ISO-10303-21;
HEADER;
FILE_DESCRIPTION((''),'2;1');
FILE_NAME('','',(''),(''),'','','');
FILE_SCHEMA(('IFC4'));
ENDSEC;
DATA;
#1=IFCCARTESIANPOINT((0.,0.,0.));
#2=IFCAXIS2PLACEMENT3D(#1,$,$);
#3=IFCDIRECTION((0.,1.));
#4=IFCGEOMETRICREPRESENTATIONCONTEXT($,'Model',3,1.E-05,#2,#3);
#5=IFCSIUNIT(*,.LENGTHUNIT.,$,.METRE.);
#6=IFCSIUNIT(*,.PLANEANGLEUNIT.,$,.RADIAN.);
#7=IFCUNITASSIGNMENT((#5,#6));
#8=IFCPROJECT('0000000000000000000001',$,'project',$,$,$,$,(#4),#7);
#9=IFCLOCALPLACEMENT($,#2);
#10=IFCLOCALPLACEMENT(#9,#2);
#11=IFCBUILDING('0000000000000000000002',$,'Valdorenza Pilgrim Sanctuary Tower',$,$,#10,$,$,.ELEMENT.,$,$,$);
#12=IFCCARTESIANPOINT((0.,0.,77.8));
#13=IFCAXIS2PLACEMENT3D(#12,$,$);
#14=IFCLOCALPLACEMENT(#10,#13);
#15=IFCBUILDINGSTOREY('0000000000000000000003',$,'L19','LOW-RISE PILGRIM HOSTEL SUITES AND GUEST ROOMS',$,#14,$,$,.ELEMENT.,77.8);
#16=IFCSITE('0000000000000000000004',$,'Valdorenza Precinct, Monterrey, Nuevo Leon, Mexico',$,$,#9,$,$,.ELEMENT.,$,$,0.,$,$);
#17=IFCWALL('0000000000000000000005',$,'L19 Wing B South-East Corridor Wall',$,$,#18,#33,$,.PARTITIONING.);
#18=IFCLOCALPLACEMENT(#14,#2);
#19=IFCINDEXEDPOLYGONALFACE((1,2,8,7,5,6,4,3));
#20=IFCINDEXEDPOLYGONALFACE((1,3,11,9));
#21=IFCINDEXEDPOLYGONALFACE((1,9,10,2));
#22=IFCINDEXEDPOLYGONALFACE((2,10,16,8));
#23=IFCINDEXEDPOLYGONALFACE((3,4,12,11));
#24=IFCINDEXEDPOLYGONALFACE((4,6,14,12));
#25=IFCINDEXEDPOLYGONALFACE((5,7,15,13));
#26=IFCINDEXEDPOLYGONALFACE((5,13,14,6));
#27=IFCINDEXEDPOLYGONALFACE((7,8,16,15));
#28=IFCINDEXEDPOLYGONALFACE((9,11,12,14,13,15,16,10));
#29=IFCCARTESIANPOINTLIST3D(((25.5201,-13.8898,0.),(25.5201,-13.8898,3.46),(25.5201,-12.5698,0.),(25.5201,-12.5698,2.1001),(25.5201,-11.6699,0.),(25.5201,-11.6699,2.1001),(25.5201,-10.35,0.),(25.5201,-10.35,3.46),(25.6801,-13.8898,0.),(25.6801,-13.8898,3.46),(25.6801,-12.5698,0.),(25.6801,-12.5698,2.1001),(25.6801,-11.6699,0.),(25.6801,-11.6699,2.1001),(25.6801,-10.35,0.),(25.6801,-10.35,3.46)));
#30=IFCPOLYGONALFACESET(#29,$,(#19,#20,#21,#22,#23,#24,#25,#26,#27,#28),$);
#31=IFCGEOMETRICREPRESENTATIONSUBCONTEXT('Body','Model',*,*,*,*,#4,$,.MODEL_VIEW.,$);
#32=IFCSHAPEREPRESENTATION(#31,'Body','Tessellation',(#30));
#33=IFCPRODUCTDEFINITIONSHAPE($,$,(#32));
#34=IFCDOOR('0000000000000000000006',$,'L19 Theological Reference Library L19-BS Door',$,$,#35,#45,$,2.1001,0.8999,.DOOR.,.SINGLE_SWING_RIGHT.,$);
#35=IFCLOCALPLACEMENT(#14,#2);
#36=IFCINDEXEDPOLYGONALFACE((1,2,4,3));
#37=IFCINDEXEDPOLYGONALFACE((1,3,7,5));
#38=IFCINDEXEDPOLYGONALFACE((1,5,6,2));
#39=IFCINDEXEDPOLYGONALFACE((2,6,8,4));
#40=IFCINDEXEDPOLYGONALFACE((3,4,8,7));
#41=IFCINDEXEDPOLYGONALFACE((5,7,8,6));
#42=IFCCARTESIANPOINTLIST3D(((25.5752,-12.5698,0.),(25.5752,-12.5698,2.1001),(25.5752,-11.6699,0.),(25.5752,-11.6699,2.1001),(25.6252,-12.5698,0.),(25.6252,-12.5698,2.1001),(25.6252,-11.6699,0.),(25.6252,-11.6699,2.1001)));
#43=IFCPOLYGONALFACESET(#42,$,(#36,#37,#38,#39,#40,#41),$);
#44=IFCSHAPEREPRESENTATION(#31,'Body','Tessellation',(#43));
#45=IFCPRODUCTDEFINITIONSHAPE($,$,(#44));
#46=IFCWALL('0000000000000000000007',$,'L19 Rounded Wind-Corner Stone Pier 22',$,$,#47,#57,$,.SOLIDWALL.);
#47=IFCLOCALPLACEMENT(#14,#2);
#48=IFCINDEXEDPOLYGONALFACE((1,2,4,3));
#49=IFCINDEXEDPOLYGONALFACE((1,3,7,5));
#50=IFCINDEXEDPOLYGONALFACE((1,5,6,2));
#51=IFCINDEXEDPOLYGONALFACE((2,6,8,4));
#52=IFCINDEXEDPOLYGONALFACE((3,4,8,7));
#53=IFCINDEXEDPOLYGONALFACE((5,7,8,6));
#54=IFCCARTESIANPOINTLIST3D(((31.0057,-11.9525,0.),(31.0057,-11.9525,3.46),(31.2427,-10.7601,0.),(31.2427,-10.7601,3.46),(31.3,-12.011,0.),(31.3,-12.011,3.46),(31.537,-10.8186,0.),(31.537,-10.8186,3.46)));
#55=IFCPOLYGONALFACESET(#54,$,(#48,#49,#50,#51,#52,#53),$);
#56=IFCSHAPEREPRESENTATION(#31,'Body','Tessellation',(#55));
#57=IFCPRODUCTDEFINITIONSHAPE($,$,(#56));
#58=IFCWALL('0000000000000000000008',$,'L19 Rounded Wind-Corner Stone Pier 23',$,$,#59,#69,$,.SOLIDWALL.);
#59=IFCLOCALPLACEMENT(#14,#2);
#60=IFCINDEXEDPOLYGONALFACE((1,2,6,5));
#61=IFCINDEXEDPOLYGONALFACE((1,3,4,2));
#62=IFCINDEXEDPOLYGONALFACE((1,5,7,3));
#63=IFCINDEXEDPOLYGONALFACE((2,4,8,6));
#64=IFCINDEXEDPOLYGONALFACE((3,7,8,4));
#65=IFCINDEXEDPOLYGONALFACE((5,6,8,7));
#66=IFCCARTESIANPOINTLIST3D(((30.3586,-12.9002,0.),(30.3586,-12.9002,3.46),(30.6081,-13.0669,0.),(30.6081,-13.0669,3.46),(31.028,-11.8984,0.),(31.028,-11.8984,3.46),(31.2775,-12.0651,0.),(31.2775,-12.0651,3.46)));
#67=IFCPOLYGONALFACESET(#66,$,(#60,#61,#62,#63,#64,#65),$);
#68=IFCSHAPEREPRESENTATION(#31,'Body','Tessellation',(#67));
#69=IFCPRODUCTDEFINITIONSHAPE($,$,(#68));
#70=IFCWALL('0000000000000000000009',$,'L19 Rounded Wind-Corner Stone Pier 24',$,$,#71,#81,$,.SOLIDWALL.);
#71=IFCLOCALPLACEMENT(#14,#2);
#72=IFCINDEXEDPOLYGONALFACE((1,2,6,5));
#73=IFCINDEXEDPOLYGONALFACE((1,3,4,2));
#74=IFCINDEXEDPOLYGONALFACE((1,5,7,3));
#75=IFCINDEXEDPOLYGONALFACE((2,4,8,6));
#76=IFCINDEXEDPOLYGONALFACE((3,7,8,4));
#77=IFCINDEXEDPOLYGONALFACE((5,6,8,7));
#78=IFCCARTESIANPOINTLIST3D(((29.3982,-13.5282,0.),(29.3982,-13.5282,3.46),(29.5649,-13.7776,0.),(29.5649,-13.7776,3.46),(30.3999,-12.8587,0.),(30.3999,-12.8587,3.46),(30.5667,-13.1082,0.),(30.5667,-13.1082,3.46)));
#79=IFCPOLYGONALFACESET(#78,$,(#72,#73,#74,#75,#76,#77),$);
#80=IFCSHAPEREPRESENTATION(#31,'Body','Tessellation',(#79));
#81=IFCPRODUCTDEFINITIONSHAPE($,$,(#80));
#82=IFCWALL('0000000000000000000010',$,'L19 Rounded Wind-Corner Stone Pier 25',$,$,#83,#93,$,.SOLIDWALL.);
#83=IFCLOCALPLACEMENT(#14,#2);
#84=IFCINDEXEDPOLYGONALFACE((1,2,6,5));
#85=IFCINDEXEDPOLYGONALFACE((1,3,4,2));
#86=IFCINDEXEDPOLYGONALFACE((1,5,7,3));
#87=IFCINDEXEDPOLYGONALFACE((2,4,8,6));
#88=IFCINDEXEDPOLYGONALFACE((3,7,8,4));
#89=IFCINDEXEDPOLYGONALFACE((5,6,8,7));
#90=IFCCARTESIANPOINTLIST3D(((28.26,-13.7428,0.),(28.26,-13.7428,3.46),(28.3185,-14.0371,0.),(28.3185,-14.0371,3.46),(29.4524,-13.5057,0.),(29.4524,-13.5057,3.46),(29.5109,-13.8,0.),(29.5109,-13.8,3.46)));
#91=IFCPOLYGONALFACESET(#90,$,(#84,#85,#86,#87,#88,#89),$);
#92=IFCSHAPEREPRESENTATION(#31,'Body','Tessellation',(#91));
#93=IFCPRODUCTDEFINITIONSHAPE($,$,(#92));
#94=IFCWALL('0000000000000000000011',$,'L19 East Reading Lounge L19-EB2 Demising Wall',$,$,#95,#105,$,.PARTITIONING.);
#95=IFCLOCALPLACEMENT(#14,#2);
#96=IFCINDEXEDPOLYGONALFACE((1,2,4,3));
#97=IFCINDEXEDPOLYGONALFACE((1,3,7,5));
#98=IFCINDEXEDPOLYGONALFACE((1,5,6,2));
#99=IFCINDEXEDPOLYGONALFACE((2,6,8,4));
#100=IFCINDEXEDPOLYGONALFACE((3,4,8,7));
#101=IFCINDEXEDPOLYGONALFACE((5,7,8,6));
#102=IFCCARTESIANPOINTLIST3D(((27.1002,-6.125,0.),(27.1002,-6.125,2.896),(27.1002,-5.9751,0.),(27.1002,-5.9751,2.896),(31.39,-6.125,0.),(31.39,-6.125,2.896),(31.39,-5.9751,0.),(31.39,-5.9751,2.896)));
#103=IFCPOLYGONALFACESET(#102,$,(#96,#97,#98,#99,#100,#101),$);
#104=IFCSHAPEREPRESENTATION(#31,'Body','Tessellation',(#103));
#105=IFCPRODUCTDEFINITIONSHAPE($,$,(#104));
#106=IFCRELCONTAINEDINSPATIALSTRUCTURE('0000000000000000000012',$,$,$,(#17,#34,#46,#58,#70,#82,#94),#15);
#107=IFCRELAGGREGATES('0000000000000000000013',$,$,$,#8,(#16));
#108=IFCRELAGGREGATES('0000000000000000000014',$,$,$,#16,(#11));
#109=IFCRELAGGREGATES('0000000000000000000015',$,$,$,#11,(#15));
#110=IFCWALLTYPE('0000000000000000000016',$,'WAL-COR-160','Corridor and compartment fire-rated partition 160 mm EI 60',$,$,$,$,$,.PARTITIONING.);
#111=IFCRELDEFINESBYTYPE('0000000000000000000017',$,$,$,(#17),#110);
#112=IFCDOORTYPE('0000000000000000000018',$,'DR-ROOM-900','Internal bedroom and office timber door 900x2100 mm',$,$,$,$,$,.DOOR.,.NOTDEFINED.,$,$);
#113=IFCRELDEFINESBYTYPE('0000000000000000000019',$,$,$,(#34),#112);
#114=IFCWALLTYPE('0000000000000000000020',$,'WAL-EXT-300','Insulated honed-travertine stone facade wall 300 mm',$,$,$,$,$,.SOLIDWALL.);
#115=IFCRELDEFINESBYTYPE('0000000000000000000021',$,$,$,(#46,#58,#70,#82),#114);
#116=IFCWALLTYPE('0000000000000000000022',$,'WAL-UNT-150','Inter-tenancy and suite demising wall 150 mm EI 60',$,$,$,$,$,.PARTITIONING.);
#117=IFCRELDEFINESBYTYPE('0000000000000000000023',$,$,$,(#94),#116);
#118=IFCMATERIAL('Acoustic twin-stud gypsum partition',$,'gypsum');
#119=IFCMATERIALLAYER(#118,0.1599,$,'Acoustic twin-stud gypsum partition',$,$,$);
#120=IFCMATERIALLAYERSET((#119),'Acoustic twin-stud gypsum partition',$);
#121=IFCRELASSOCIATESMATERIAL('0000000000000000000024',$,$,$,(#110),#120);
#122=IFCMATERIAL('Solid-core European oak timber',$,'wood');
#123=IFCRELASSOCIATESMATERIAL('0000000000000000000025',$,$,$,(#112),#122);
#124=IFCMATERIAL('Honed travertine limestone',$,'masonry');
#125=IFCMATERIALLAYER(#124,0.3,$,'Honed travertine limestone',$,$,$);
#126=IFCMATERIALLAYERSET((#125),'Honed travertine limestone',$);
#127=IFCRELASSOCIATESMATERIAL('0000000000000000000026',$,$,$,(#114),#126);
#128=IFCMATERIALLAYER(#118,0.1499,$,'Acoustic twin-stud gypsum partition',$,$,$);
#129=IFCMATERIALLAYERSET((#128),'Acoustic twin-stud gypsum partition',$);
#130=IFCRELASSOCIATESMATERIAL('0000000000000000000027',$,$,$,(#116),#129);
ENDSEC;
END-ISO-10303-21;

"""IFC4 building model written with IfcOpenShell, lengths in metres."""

from ifc_helpers import new_model, si_unit, direction, frame, frame_2d, origin, place, context, subcontext, project, spatial, rectangle, extrude, material, layer, layer_set, type_object, element, fill, save


model = new_model("IFC4")

# Units and contexts
model_context = context("Model", 3, precision=1e-05, world=origin(), true_north=direction((0.0, 1.0)))
body_context = subcontext(model_context, "Body", "Model", "MODEL_VIEW")
ifc_project = project(units=[si_unit("LENGTHUNIT", "METRE"), si_unit("PLANEANGLEUNIT", "RADIAN")], contexts=[model_context])

# Site, building, storey
site_placement = place(None, origin())
site = spatial("IfcSite", under=ifc_project, at=site_placement, Name="Valdorenza Precinct, Monterrey, Nuevo Leon, Mexico", CompositionType="ELEMENT", RefElevation=0.0)
building_placement = place(site_placement, origin())
building = spatial("IfcBuilding", under=site, at=building_placement, Name="Valdorenza Pilgrim Sanctuary Tower", CompositionType="ELEMENT")
storey_placement = place(building_placement, frame((0.0, 0.0, 77.8)))
storey = spatial("IfcBuildingStorey", under=building, at=storey_placement, Name="L19", Description="LOW-RISE PILGRIM HOSTEL SUITES AND GUEST ROOMS", CompositionType="ELEMENT", Elevation=77.8)

# Shared definitions
ifc_material_1 = material(Name="Honed travertine limestone", Category="masonry")

# Wall, opening, door
ifc_material_2 = material(Name="Acoustic twin-stud gypsum partition", Category="gypsum")
ifc_layer_1 = layer(ifc_material_2, 0.1599, Name="Acoustic twin-stud gypsum partition")
ifc_layer_set_1 = layer_set([ifc_layer_1], Name="Acoustic twin-stud gypsum partition")
wall_type_1 = type_object("IfcWallType", Name="WAL-COR-160", Description="Corridor and compartment fire-rated partition 160 mm EI 60", PredefinedType="PARTITIONING", material=ifc_layer_set_1)
wall_1_placement = place(storey_placement, frame((25.6001, -13.8899, 0.0), z_axis=(0.0, 0.0, 1.0), x_axis=(0.0, 1.0, 0.0)))
wall_1 = element("IfcWall", 1, at=wall_1_placement, inside=storey, type_object=wall_type_1, Name="L19 Wing B South-East Corridor Wall", PredefinedType="PARTITIONING", context=body_context, shape_type="SweptSolid", body=[
    extrude(rectangle(XDim=3.5398, YDim=0.1599, at=frame_2d((1.77, 0.0))), origin(), (0.0, 0.0, 1.0), 3.46),
])
opening_1_placement = place(wall_1_placement, frame((1.3201, 0.0, 0.0)))
opening_1 = element("IfcOpeningElement", 2, at=opening_1_placement, cuts=wall_1, PredefinedType="OPENING", context=body_context, shape_type="SweptSolid", body=[
    extrude(rectangle(XDim=0.8999, YDim=2.1001, at=frame_2d((0.45, 1.05))), frame((0.0, 0.0947, 0.0), z_axis=(0.0, -1.0, 0.0), x_axis=(1.0, 0.0, 0.0)), (0.0, 0.0, 1.0), 0.1897),
])
ifc_material_3 = material(Name="Solid-core European oak timber", Category="wood")
door_type_1 = type_object("IfcDoorType", Name="DR-ROOM-900", Description="Internal bedroom and office timber door 900x2100 mm", OperationType="NOTDEFINED", PredefinedType="DOOR", material=ifc_material_3)
door_1_placement = place(opening_1_placement, origin())
door_1 = element("IfcDoor", 3, at=door_1_placement, inside=storey, type_object=door_type_1, Name="L19 Theological Reference Library L19-BS Door", OperationType="SINGLE_SWING_RIGHT", OverallHeight=2.1001, OverallWidth=0.8999, PredefinedType="DOOR", context=body_context, shape_type="SweptSolid", body=[
    extrude(rectangle(XDim=0.8999, YDim=2.1001, at=frame_2d((0.45, 1.05))), frame((0.0, 0.0249, 0.0), z_axis=(0.0, -1.0, 0.0), x_axis=(1.0, 0.0, 0.0)), (0.0, 0.0, 1.0), 0.05),
])
fill(opening_1, door_1)

# Walls
ifc_layer_2 = layer(ifc_material_1, 0.3, Name="Honed travertine limestone")
ifc_layer_set_2 = layer_set([ifc_layer_2], Name="Honed travertine limestone")
wall_type_2 = type_object("IfcWallType", Name="WAL-EXT-300", Description="Insulated honed-travertine stone facade wall 300 mm", PredefinedType="SOLIDWALL", material=ifc_layer_set_2)
wall_2_placement = place(storey_placement, frame((31.3899, -10.7893, 0.0), z_axis=(0.0, 0.0, 1.0), x_axis=(-0.194996, -0.980804, 0.0)))
element("IfcWall", 4, at=wall_2_placement, inside=storey, type_object=wall_type_2, Name="L19 Rounded Wind-Corner Stone Pier 22", PredefinedType="SOLIDWALL", context=body_context, shape_type="SweptSolid", body=[
    extrude(rectangle(XDim=1.2158, YDim=0.3, at=frame_2d((0.6079, 0.0))), origin(), (0.0, 0.0, 1.0), 3.46),
])
for number, where, z_axis, x_axis, name in (
    (5, (31.1528, -11.9817, 0.0), (0.0, 0.0, 1.0), (-0.555635, -0.831426, 0.0), "L19 Rounded Wind-Corner Stone Pier 23"),
    (6, (30.4834, -12.9834, 0.0), (0.0, 0.0, 1.0), (-0.831426, -0.555635, 0.0), "L19 Rounded Wind-Corner Stone Pier 24"),
):
    element("IfcWall", number, at=place(storey_placement, frame(where, z_axis=z_axis, x_axis=x_axis)), inside=storey, type_object=wall_type_2, Name=name, PredefinedType="SOLIDWALL", context=body_context, shape_type="SweptSolid", body=[
        extrude(rectangle(XDim=1.2048, YDim=0.3, at=frame_2d((0.6025, 0.0))), origin(), (0.0, 0.0, 1.0), 3.46),
    ])
wall_3_placement = place(storey_placement, frame((29.4817, -13.6528, 0.0), z_axis=(0.0, 0.0, 1.0), x_axis=(-0.980804, -0.194996, 0.0)))
element("IfcWall", 7, at=wall_3_placement, inside=storey, type_object=wall_type_2, Name="L19 Rounded Wind-Corner Stone Pier 25", PredefinedType="SOLIDWALL", context=body_context, shape_type="SweptSolid", body=[
    extrude(rectangle(XDim=1.2158, YDim=0.3, at=frame_2d((0.6079, 0.0))), origin(), (0.0, 0.0, 1.0), 3.46),
])
ifc_layer_3 = layer(ifc_material_2, 0.1499, Name="Acoustic twin-stud gypsum partition")
ifc_layer_set_3 = layer_set([ifc_layer_3], Name="Acoustic twin-stud gypsum partition")
wall_type_3 = type_object("IfcWallType", Name="WAL-UNT-150", Description="Inter-tenancy and suite demising wall 150 mm EI 60", PredefinedType="PARTITIONING", material=ifc_layer_set_3)
wall_4_placement = place(storey_placement, frame((27.1001, -6.05, 0.0), z_axis=(0.0, 0.0, 1.0), x_axis=(1.0, 0.0, 0.0)))
element("IfcWall", 8, at=wall_4_placement, inside=storey, type_object=wall_type_3, Name="L19 East Reading Lounge L19-EB2 Demising Wall", PredefinedType="PARTITIONING", context=body_context, shape_type="SweptSolid", body=[
    extrude(rectangle(XDim=4.2898, YDim=0.1499, at=frame_2d((2.145, 0.0))), origin(), (0.0, 0.0, 1.0), 2.896),
])

save(model, "model.ifc")
